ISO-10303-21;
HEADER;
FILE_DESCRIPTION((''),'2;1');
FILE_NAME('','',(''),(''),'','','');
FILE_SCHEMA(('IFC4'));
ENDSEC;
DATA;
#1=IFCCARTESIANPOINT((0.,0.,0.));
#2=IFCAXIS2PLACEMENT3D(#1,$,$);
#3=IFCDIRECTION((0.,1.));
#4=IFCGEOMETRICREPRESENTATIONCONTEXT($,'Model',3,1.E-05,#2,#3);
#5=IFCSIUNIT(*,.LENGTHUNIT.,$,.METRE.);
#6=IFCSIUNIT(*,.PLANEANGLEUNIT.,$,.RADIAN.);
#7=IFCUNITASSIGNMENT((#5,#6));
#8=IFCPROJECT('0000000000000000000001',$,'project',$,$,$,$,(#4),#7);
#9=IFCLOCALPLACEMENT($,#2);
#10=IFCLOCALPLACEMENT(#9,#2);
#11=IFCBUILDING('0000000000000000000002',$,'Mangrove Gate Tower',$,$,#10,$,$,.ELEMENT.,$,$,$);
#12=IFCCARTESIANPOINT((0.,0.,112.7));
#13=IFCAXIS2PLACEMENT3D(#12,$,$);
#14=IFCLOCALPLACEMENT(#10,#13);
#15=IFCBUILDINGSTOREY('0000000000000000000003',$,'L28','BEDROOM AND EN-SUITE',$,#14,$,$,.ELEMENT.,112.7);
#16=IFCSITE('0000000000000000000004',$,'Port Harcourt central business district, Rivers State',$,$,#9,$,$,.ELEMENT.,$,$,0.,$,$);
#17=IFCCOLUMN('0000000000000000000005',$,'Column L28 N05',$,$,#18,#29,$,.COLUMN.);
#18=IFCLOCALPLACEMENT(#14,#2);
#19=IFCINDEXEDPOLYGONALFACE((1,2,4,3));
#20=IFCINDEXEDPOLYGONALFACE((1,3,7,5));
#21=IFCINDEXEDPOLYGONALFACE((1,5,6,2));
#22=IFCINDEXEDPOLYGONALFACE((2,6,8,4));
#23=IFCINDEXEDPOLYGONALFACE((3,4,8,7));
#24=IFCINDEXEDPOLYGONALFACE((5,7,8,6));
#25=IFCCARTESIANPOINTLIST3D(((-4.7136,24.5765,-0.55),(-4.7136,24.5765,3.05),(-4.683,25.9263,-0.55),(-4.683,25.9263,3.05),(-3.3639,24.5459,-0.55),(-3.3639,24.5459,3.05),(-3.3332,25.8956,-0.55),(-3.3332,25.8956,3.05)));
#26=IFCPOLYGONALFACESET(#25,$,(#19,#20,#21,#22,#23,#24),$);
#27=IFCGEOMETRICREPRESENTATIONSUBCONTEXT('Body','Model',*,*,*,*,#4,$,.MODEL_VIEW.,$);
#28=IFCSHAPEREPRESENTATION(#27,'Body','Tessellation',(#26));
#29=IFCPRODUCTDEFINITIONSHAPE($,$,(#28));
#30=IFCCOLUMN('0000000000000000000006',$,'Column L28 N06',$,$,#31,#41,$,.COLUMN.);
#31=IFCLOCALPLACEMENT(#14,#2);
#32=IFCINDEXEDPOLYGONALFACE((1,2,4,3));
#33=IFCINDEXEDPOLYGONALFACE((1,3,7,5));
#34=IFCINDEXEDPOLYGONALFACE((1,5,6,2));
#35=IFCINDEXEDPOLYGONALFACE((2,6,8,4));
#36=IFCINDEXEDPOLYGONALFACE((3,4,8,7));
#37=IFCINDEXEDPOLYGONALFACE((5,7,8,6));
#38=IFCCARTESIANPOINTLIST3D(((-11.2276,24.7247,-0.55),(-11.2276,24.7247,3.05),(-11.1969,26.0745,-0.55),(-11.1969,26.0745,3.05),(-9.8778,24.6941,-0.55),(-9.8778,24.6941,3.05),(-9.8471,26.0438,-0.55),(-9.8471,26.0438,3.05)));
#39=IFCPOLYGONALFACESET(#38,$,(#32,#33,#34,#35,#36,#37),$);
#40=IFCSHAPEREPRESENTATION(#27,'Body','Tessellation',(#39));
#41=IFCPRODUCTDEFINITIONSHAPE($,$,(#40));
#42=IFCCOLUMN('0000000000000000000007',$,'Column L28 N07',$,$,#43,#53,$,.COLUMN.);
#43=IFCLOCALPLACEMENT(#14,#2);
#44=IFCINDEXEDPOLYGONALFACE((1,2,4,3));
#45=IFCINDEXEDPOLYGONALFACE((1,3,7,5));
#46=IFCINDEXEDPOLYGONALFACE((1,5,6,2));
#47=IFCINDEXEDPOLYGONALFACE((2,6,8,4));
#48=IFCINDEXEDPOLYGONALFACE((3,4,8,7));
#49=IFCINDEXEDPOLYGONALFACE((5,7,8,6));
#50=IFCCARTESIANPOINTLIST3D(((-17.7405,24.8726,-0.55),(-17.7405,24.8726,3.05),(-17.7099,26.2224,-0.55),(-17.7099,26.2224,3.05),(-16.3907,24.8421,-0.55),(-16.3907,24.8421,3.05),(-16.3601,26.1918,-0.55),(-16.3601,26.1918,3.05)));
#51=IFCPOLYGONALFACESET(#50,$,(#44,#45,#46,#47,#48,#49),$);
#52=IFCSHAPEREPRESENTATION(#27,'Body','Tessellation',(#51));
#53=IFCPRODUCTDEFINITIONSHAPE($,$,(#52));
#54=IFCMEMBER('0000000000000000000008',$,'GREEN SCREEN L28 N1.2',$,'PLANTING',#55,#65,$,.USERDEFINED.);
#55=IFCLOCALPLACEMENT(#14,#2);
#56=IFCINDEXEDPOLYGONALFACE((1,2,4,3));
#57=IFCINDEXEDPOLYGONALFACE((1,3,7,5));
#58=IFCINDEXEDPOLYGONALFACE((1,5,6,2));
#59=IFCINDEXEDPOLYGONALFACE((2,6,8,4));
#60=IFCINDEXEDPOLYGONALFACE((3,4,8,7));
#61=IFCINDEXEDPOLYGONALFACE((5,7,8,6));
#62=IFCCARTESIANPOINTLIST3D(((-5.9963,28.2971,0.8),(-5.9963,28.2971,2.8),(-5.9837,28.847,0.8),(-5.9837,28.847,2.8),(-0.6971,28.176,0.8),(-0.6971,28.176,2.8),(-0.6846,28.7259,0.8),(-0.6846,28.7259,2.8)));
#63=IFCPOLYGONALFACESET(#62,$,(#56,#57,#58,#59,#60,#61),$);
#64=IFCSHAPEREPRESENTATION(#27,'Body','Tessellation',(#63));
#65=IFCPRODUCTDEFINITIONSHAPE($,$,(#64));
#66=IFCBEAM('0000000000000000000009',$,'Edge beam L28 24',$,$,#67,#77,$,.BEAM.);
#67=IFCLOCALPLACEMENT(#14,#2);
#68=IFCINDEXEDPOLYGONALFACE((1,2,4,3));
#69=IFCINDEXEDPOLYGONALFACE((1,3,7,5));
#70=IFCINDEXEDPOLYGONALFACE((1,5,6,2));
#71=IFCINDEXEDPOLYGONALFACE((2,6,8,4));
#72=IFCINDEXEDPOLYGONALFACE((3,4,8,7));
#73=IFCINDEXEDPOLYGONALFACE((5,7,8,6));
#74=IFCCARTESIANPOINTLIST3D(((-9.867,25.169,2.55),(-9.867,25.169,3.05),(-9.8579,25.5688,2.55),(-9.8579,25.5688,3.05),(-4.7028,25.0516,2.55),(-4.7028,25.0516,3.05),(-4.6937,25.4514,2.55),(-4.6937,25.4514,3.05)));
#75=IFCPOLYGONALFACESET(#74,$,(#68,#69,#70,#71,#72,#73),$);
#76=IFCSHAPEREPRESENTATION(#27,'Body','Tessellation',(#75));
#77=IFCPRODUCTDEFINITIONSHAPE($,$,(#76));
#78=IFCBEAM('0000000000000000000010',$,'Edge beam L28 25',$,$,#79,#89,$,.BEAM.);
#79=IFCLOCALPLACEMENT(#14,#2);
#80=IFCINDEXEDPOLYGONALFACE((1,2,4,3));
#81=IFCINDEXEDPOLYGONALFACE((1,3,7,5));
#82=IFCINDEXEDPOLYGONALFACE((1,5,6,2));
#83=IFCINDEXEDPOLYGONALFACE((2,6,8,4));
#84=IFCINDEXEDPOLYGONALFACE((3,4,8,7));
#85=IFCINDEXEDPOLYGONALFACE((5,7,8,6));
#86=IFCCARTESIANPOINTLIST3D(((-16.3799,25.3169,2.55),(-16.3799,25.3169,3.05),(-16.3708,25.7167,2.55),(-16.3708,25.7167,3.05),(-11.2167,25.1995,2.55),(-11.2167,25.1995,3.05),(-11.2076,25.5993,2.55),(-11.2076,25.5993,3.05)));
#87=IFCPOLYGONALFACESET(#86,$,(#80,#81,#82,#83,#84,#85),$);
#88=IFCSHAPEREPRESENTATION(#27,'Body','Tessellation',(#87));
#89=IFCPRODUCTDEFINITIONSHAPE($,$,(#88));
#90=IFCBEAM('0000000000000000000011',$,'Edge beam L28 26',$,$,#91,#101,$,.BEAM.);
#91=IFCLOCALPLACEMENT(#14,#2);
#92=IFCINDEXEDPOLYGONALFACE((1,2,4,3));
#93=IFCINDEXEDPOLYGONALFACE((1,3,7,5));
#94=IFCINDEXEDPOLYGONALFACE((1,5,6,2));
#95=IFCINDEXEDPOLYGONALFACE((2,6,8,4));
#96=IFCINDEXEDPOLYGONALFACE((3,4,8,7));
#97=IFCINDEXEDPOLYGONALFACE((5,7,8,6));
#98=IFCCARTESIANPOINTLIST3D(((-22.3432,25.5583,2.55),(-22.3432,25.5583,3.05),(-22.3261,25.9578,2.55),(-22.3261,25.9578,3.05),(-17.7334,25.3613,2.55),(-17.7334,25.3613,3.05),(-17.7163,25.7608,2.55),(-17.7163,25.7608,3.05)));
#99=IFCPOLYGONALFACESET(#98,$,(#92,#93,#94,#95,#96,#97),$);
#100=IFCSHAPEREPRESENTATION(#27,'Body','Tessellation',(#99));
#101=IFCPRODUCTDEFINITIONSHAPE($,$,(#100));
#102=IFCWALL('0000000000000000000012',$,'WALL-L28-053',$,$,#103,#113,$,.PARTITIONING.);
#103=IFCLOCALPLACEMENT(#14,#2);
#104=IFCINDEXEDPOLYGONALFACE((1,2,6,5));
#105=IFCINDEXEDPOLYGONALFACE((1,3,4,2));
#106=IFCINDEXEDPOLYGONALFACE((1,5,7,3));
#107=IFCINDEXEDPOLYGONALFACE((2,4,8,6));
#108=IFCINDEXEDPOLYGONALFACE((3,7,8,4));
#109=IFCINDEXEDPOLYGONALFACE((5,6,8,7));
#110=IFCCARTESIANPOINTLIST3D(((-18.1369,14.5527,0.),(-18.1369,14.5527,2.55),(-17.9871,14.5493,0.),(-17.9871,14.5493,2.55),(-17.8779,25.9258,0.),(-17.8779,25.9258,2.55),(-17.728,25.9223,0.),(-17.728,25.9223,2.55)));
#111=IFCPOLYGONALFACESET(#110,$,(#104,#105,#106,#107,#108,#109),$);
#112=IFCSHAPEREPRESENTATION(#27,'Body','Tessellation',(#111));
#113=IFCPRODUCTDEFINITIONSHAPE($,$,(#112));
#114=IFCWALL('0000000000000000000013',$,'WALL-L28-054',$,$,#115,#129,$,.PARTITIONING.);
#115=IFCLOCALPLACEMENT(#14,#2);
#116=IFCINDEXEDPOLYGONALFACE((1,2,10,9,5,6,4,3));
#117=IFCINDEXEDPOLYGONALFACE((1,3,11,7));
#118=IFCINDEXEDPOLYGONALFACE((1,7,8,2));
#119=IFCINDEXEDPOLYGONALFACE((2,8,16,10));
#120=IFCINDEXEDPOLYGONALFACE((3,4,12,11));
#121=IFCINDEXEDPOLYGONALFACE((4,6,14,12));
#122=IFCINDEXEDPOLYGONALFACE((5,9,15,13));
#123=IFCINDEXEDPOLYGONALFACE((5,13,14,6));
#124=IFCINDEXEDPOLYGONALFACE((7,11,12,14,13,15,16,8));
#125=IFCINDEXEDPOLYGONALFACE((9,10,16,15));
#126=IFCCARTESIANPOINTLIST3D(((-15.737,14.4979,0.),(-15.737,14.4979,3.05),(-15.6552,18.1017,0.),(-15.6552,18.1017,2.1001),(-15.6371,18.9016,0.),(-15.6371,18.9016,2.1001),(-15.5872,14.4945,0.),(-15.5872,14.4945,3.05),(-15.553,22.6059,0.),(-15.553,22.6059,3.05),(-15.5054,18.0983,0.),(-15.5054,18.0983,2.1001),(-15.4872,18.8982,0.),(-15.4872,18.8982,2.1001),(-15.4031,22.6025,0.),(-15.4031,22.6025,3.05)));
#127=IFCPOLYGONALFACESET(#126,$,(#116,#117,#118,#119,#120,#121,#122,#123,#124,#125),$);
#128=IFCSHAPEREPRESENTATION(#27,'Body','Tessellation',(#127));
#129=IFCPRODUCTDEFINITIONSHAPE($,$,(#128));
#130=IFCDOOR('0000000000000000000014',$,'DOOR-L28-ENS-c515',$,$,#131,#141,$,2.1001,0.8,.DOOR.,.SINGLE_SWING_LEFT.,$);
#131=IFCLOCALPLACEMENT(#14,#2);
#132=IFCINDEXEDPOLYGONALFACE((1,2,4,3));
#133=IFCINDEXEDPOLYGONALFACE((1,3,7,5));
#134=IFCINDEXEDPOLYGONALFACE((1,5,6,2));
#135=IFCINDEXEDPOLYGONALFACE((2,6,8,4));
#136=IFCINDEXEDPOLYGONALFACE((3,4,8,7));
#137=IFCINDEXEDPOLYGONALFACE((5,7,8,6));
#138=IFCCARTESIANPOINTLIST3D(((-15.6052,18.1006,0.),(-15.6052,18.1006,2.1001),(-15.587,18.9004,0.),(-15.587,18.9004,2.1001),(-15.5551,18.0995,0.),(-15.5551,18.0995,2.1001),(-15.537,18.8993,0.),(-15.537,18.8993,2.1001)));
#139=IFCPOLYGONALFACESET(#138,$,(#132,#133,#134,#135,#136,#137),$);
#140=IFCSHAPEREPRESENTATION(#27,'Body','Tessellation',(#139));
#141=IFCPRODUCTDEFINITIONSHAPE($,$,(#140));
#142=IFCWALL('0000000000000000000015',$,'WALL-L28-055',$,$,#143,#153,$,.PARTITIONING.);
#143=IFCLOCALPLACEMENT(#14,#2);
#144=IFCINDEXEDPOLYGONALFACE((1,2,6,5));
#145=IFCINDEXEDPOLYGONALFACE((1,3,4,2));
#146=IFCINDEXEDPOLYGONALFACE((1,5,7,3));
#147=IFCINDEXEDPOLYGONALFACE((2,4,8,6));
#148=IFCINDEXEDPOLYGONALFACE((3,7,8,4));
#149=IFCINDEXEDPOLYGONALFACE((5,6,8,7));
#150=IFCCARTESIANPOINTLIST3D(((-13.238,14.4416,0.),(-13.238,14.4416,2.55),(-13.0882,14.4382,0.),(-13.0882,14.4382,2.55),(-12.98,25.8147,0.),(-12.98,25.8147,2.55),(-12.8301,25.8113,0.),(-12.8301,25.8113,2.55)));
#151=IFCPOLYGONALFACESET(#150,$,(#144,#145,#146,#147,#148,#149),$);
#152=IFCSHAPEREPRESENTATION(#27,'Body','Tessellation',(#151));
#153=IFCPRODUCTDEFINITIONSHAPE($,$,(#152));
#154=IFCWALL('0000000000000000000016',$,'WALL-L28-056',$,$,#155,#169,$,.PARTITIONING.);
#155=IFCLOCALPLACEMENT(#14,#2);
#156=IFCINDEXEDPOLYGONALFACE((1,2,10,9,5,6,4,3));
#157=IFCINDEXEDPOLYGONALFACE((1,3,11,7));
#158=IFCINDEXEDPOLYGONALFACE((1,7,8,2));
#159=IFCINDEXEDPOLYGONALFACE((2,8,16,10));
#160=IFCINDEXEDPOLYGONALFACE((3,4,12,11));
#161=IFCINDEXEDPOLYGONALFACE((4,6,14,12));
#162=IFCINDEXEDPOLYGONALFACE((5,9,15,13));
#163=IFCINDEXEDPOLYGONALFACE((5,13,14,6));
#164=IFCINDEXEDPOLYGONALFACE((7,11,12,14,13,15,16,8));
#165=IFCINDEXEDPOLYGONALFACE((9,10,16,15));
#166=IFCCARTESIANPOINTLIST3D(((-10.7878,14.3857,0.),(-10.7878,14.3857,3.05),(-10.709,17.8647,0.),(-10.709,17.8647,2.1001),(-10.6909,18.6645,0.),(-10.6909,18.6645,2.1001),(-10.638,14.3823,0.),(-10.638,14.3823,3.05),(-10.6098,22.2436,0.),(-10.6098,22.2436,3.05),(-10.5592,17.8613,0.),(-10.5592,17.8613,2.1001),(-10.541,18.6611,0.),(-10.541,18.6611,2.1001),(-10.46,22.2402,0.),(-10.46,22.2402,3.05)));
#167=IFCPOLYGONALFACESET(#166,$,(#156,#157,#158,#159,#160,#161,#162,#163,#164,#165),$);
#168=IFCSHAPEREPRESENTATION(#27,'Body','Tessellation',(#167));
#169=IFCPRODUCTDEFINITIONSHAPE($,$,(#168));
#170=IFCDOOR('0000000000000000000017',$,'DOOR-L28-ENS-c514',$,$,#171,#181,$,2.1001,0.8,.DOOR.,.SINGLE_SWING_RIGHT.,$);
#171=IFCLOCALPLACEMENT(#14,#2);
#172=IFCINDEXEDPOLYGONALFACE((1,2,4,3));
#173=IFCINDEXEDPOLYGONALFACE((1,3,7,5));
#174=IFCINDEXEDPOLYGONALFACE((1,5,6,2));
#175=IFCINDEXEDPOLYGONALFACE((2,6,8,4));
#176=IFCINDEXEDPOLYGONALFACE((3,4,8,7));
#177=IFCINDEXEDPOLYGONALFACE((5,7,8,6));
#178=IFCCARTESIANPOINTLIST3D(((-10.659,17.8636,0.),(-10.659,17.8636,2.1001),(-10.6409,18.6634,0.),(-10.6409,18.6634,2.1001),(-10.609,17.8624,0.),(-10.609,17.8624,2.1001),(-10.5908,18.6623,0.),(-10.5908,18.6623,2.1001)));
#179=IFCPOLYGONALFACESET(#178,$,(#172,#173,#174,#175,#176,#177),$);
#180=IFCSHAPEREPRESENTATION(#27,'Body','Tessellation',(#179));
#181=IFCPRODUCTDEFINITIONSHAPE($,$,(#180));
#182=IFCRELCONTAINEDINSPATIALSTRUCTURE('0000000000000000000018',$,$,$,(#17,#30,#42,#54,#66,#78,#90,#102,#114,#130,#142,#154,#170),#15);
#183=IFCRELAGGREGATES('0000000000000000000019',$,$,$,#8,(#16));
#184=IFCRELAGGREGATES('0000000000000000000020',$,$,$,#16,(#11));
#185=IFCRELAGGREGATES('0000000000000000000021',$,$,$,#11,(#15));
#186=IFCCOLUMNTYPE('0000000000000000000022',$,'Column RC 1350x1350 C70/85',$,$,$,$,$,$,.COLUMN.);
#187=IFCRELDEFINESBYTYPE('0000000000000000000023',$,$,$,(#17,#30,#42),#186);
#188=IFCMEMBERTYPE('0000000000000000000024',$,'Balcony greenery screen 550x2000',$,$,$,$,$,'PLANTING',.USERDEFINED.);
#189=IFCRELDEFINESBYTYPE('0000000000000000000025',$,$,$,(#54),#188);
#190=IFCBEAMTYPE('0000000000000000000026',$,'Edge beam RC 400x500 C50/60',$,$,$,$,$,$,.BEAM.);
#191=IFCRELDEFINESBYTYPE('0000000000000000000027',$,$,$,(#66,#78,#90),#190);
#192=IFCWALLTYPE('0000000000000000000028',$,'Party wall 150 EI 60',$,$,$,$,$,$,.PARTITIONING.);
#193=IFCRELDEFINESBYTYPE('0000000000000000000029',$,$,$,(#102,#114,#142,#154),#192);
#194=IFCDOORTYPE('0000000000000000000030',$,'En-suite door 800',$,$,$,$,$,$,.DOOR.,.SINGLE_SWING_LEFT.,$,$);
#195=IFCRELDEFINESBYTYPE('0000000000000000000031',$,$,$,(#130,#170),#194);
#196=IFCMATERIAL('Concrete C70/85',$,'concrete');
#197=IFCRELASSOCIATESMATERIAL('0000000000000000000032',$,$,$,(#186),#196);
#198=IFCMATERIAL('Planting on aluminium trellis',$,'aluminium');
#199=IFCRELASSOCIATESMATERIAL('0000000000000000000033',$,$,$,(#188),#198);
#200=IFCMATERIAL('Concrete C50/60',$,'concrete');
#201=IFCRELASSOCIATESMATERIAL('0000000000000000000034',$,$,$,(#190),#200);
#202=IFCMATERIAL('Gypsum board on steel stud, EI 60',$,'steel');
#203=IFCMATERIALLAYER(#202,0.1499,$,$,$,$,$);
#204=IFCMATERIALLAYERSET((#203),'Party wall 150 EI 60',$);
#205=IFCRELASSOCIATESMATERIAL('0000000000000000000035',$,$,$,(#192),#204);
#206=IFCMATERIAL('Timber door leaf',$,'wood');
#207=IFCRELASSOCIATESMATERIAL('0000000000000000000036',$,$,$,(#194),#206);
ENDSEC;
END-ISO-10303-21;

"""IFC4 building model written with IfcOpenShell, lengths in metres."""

from ifc_helpers import new_model, si_unit, direction, frame, frame_2d, origin, origin_2d, place, context, subcontext, project, spatial, rectangle, extrude, material, layer, layer_set, material_profile, profile_set, type_object, element, fill, save


model = new_model("IFC4")

# Units and contexts
model_context = context("Model", 3, precision=1e-05, world=origin(), true_north=direction((0.0, 1.0)))
body_context = subcontext(model_context, "Body", "Model", "MODEL_VIEW")
ifc_project = project(units=[si_unit("LENGTHUNIT", "METRE"), si_unit("PLANEANGLEUNIT", "RADIAN")], contexts=[model_context])

# Site, building, storey
site_placement = place(None, origin())
site = spatial("IfcSite", under=ifc_project, at=site_placement, Name="Port Harcourt central business district, Rivers State", CompositionType="ELEMENT", RefElevation=0.0)
building_placement = place(site_placement, origin())
building = spatial("IfcBuilding", under=site, at=building_placement, Name="Mangrove Gate Tower", CompositionType="ELEMENT")
storey_placement = place(building_placement, frame((0.0, 0.0, 112.7)))
storey = spatial("IfcBuildingStorey", under=building, at=storey_placement, Name="L28", Description="BEDROOM AND EN-SUITE", CompositionType="ELEMENT", Elevation=112.7)

# Columns
ifc_material_1 = material(Name="Concrete C70/85", Category="concrete")
ifc_material_profile_1 = material_profile(ifc_material_1, rectangle(XDim=1.3501, YDim=1.3501, at=origin_2d()))
ifc_profile_set_1 = profile_set([ifc_material_profile_1], Name="Concrete C70/85")
column_type = type_object("IfcColumnType", Name="Column RC 1350x1350 C70/85", PredefinedType="COLUMN", material=ifc_profile_set_1)
for number, where, z_axis, x_axis, name in (
    (1, (-4.0234, 25.2361, -0.55), (0.0, 0.0, 1.0), (-0.999742, 0.022714, 0.0), "Column L28 N05"),
    (2, (-10.5374, 25.3843, -0.55), (0.0, 0.0, 1.0), (-0.999742, 0.022716, 0.0), "Column L28 N06"),
    (3, (-17.0503, 25.5322, -0.55), (0.0, 0.0, 1.0), (-0.999744, 0.022639, 0.0), "Column L28 N07"),
):
    element("IfcColumn", number, at=place(storey_placement, frame(where, z_axis=z_axis, x_axis=x_axis)), inside=storey, type_object=column_type, Name=name, PredefinedType="COLUMN", context=body_context, shape_type="SweptSolid", body=[
        extrude(rectangle(XDim=1.3501, YDim=1.3501, at=origin_2d()), origin(), (0.0, 0.0, 1.0), 3.6001),
    ])

# Member
ifc_material_2 = material(Name="Planting on aluminium trellis", Category="aluminium")
ifc_material_profile_2 = material_profile(ifc_material_2, rectangle(XDim=0.55, YDim=2.0, at=origin_2d()))
ifc_profile_set_2 = profile_set([ifc_material_profile_2], Name="Planting on aluminium trellis")
member_type = type_object("IfcMemberType", Name="Balcony greenery screen 550x2000", ElementType="PLANTING", PredefinedType="USERDEFINED", material=ifc_profile_set_2)
member_placement = place(storey_placement, frame((-5.99, 28.572, 1.8), z_axis=(0.999739, -0.022846, 0.0), x_axis=(0.022846, 0.999739, 0.0)))
element("IfcMember", 4, at=member_placement, inside=storey, type_object=member_type, Name="GREEN SCREEN L28 N1.2", ObjectType="PLANTING", PredefinedType="USERDEFINED", context=body_context, shape_type="SweptSolid", body=[
    extrude(rectangle(XDim=0.55, YDim=2.0, at=origin_2d()), origin(), (0.0, 0.0, 1.0), 5.3005),
])

# Beams
ifc_material_3 = material(Name="Concrete C50/60", Category="concrete")
ifc_material_profile_3 = material_profile(ifc_material_3, rectangle(XDim=0.3999, YDim=0.5, at=origin_2d()))
ifc_profile_set_3 = profile_set([ifc_material_profile_3], Name="Concrete C50/60")
beam_type = type_object("IfcBeamType", Name="Edge beam RC 400x500 C50/60", PredefinedType="BEAM", material=ifc_profile_set_3)
beam_1_placement = place(storey_placement, frame((-4.6982, 25.2515, 2.8), z_axis=(-0.999742, 0.022733, 0.0), x_axis=(-0.022733, -0.999742, 0.0)))
element("IfcBeam", 5, at=beam_1_placement, inside=storey, type_object=beam_type, Name="Edge beam L28 24", PredefinedType="BEAM", context=body_context, shape_type="SweptSolid", body=[
    extrude(rectangle(XDim=0.3999, YDim=0.5, at=origin_2d()), origin(), (0.0, 0.0, 1.0), 5.1655),
])
beam_2_placement = place(storey_placement, frame((-11.2122, 25.3994, 2.8), z_axis=(-0.999741, 0.022738, 0.0), x_axis=(-0.022738, -0.999741, 0.0)))
element("IfcBeam", 6, at=beam_2_placement, inside=storey, type_object=beam_type, Name="Edge beam L28 25", PredefinedType="BEAM", context=body_context, shape_type="SweptSolid", body=[
    extrude(rectangle(XDim=0.3999, YDim=0.5, at=origin_2d()), origin(), (0.0, 0.0, 1.0), 5.1646),
])
beam_3_placement = place(storey_placement, frame((-17.7249, 25.561, 2.8), z_axis=(-0.999088, 0.0427, 0.0), x_axis=(-0.0427, -0.999088, 0.0)))
element("IfcBeam", 7, at=beam_3_placement, inside=storey, type_object=beam_type, Name="Edge beam L28 26", PredefinedType="BEAM", context=body_context, shape_type="SweptSolid", body=[
    extrude(rectangle(XDim=0.3999, YDim=0.5, at=origin_2d()), origin(), (0.0, 0.0, 1.0), 4.614),
])

# Wall
ifc_material_4 = material(Name="Gypsum board on steel stud, EI 60", Category="steel")
ifc_layer_1 = layer(ifc_material_4, 0.1499)
ifc_layer_set_1 = layer_set([ifc_layer_1], Name="Party wall 150 EI 60")
wall_type_1 = type_object("IfcWallType", Name="Party wall 150 EI 60", PredefinedType="PARTITIONING", material=ifc_layer_set_1)
wall_1_placement = place(storey_placement, frame((-18.062, 14.551, 0.0), z_axis=(0.0, 0.0, 1.0), x_axis=(0.02277, 0.999741, 0.0)))
element("IfcWall", 8, at=wall_1_placement, inside=storey, type_object=wall_type_1, Name="WALL-L28-053", PredefinedType="PARTITIONING", context=body_context, shape_type="SweptSolid", body=[
    extrude(rectangle(XDim=11.376, YDim=0.1499, at=frame_2d((5.688, 0.0))), origin(), (0.0, 0.0, 1.0), 2.55),
])

# Wall, opening, door
wall_2_placement = place(storey_placement, frame((-15.6621, 14.4961, 0.0), z_axis=(0.0, 0.0, 1.0), x_axis=(0.022698, 0.999742, 0.0)))
wall_2 = element("IfcWall", 9, at=wall_2_placement, inside=storey, type_object=wall_type_1, Name="WALL-L28-054", PredefinedType="PARTITIONING", context=body_context, shape_type="SweptSolid", body=[
    extrude(rectangle(XDim=8.1101, YDim=0.1499, at=frame_2d((4.0552, 0.0))), origin(), (0.0, 0.0, 1.0), 3.05),
])
opening_1_placement = place(wall_2_placement, frame((3.605, 0.0, 0.0)))
opening_1 = element("IfcOpeningElement", 10, at=opening_1_placement, cuts=wall_2, PredefinedType="OPENING", context=body_context, shape_type="SweptSolid", body=[
    extrude(rectangle(XDim=0.8, YDim=2.1001, at=frame_2d((0.3999, 1.05))), frame((0.0, 0.085, 0.0), z_axis=(0.0, -1.0, 0.0), x_axis=(1.0, 0.0, 0.0)), (0.0, 0.0, 1.0), 0.1699),
])
ifc_material_5 = material(Name="Timber door leaf", Category="wood")
door_type = type_object("IfcDoorType", Name="En-suite door 800", OperationType="SINGLE_SWING_LEFT", PredefinedType="DOOR", material=ifc_material_5)
door_1_placement = place(opening_1_placement, origin())
door_1 = element("IfcDoor", 11, at=door_1_placement, inside=storey, type_object=door_type, Name="DOOR-L28-ENS-c515", OperationType="SINGLE_SWING_LEFT", OverallHeight=2.1001, OverallWidth=0.8, PredefinedType="DOOR", context=body_context, shape_type="SweptSolid", body=[
    extrude(rectangle(XDim=0.8, YDim=2.1001, at=frame_2d((0.3999, 1.05))), frame((0.0, 0.0249, 0.0), z_axis=(0.0, -1.0, 0.0), x_axis=(1.0, 0.0, 0.0)), (0.0, 0.0, 1.0), 0.05),
])
fill(opening_1, door_1)

# Wall
wall_3_placement = place(storey_placement, frame((-13.1631, 14.4399, 0.0), z_axis=(0.0, 0.0, 1.0), x_axis=(0.022684, 0.999743, 0.0)))
element("IfcWall", 12, at=wall_3_placement, inside=storey, type_object=wall_type_1, Name="WALL-L28-055", PredefinedType="PARTITIONING", context=body_context, shape_type="SweptSolid", body=[
    extrude(rectangle(XDim=11.376, YDim=0.1499, at=frame_2d((5.688, 0.0))), origin(), (0.0, 0.0, 1.0), 2.55),
])

# Wall, opening, door
wall_4_placement = place(storey_placement, frame((-10.7129, 14.384, 0.0), z_axis=(0.0, 0.0, 1.0), x_axis=(0.022644, 0.999744, 0.0)))
wall_4 = element("IfcWall", 13, at=wall_4_placement, inside=storey, type_object=wall_type_1, Name="WALL-L28-056", PredefinedType="PARTITIONING", context=body_context, shape_type="SweptSolid", body=[
    extrude(rectangle(XDim=7.8599, YDim=0.1499, at=frame_2d((3.9299, 0.0))), origin(), (0.0, 0.0, 1.0), 3.05),
])
opening_2_placement = place(wall_4_placement, frame((3.48, 0.0, 0.0)))
opening_2 = element("IfcOpeningElement", 14, at=opening_2_placement, cuts=wall_4, PredefinedType="OPENING", context=body_context, shape_type="SweptSolid", body=[
    extrude(rectangle(XDim=0.8, YDim=2.1001, at=frame_2d((0.3999, 1.05))), frame((0.0, 0.085, 0.0), z_axis=(0.0, -1.0, 0.0), x_axis=(1.0, 0.0, 0.0)), (0.0, 0.0, 1.0), 0.1699),
])
door_2_placement = place(opening_2_placement, origin())
door_2 = element("IfcDoor", 15, at=door_2_placement, inside=storey, type_object=door_type, Name="DOOR-L28-ENS-c514", OperationType="SINGLE_SWING_RIGHT", OverallHeight=2.1001, OverallWidth=0.8, PredefinedType="DOOR", context=body_context, shape_type="SweptSolid", body=[
    extrude(rectangle(XDim=0.8, YDim=2.1001, at=frame_2d((0.3999, 1.05))), frame((0.0, 0.0249, 0.0), z_axis=(0.0, -1.0, 0.0), x_axis=(1.0, 0.0, 0.0)), (0.0, 0.0, 1.0), 0.05),
])
fill(opening_2, door_2)

save(model, "model.ifc")
